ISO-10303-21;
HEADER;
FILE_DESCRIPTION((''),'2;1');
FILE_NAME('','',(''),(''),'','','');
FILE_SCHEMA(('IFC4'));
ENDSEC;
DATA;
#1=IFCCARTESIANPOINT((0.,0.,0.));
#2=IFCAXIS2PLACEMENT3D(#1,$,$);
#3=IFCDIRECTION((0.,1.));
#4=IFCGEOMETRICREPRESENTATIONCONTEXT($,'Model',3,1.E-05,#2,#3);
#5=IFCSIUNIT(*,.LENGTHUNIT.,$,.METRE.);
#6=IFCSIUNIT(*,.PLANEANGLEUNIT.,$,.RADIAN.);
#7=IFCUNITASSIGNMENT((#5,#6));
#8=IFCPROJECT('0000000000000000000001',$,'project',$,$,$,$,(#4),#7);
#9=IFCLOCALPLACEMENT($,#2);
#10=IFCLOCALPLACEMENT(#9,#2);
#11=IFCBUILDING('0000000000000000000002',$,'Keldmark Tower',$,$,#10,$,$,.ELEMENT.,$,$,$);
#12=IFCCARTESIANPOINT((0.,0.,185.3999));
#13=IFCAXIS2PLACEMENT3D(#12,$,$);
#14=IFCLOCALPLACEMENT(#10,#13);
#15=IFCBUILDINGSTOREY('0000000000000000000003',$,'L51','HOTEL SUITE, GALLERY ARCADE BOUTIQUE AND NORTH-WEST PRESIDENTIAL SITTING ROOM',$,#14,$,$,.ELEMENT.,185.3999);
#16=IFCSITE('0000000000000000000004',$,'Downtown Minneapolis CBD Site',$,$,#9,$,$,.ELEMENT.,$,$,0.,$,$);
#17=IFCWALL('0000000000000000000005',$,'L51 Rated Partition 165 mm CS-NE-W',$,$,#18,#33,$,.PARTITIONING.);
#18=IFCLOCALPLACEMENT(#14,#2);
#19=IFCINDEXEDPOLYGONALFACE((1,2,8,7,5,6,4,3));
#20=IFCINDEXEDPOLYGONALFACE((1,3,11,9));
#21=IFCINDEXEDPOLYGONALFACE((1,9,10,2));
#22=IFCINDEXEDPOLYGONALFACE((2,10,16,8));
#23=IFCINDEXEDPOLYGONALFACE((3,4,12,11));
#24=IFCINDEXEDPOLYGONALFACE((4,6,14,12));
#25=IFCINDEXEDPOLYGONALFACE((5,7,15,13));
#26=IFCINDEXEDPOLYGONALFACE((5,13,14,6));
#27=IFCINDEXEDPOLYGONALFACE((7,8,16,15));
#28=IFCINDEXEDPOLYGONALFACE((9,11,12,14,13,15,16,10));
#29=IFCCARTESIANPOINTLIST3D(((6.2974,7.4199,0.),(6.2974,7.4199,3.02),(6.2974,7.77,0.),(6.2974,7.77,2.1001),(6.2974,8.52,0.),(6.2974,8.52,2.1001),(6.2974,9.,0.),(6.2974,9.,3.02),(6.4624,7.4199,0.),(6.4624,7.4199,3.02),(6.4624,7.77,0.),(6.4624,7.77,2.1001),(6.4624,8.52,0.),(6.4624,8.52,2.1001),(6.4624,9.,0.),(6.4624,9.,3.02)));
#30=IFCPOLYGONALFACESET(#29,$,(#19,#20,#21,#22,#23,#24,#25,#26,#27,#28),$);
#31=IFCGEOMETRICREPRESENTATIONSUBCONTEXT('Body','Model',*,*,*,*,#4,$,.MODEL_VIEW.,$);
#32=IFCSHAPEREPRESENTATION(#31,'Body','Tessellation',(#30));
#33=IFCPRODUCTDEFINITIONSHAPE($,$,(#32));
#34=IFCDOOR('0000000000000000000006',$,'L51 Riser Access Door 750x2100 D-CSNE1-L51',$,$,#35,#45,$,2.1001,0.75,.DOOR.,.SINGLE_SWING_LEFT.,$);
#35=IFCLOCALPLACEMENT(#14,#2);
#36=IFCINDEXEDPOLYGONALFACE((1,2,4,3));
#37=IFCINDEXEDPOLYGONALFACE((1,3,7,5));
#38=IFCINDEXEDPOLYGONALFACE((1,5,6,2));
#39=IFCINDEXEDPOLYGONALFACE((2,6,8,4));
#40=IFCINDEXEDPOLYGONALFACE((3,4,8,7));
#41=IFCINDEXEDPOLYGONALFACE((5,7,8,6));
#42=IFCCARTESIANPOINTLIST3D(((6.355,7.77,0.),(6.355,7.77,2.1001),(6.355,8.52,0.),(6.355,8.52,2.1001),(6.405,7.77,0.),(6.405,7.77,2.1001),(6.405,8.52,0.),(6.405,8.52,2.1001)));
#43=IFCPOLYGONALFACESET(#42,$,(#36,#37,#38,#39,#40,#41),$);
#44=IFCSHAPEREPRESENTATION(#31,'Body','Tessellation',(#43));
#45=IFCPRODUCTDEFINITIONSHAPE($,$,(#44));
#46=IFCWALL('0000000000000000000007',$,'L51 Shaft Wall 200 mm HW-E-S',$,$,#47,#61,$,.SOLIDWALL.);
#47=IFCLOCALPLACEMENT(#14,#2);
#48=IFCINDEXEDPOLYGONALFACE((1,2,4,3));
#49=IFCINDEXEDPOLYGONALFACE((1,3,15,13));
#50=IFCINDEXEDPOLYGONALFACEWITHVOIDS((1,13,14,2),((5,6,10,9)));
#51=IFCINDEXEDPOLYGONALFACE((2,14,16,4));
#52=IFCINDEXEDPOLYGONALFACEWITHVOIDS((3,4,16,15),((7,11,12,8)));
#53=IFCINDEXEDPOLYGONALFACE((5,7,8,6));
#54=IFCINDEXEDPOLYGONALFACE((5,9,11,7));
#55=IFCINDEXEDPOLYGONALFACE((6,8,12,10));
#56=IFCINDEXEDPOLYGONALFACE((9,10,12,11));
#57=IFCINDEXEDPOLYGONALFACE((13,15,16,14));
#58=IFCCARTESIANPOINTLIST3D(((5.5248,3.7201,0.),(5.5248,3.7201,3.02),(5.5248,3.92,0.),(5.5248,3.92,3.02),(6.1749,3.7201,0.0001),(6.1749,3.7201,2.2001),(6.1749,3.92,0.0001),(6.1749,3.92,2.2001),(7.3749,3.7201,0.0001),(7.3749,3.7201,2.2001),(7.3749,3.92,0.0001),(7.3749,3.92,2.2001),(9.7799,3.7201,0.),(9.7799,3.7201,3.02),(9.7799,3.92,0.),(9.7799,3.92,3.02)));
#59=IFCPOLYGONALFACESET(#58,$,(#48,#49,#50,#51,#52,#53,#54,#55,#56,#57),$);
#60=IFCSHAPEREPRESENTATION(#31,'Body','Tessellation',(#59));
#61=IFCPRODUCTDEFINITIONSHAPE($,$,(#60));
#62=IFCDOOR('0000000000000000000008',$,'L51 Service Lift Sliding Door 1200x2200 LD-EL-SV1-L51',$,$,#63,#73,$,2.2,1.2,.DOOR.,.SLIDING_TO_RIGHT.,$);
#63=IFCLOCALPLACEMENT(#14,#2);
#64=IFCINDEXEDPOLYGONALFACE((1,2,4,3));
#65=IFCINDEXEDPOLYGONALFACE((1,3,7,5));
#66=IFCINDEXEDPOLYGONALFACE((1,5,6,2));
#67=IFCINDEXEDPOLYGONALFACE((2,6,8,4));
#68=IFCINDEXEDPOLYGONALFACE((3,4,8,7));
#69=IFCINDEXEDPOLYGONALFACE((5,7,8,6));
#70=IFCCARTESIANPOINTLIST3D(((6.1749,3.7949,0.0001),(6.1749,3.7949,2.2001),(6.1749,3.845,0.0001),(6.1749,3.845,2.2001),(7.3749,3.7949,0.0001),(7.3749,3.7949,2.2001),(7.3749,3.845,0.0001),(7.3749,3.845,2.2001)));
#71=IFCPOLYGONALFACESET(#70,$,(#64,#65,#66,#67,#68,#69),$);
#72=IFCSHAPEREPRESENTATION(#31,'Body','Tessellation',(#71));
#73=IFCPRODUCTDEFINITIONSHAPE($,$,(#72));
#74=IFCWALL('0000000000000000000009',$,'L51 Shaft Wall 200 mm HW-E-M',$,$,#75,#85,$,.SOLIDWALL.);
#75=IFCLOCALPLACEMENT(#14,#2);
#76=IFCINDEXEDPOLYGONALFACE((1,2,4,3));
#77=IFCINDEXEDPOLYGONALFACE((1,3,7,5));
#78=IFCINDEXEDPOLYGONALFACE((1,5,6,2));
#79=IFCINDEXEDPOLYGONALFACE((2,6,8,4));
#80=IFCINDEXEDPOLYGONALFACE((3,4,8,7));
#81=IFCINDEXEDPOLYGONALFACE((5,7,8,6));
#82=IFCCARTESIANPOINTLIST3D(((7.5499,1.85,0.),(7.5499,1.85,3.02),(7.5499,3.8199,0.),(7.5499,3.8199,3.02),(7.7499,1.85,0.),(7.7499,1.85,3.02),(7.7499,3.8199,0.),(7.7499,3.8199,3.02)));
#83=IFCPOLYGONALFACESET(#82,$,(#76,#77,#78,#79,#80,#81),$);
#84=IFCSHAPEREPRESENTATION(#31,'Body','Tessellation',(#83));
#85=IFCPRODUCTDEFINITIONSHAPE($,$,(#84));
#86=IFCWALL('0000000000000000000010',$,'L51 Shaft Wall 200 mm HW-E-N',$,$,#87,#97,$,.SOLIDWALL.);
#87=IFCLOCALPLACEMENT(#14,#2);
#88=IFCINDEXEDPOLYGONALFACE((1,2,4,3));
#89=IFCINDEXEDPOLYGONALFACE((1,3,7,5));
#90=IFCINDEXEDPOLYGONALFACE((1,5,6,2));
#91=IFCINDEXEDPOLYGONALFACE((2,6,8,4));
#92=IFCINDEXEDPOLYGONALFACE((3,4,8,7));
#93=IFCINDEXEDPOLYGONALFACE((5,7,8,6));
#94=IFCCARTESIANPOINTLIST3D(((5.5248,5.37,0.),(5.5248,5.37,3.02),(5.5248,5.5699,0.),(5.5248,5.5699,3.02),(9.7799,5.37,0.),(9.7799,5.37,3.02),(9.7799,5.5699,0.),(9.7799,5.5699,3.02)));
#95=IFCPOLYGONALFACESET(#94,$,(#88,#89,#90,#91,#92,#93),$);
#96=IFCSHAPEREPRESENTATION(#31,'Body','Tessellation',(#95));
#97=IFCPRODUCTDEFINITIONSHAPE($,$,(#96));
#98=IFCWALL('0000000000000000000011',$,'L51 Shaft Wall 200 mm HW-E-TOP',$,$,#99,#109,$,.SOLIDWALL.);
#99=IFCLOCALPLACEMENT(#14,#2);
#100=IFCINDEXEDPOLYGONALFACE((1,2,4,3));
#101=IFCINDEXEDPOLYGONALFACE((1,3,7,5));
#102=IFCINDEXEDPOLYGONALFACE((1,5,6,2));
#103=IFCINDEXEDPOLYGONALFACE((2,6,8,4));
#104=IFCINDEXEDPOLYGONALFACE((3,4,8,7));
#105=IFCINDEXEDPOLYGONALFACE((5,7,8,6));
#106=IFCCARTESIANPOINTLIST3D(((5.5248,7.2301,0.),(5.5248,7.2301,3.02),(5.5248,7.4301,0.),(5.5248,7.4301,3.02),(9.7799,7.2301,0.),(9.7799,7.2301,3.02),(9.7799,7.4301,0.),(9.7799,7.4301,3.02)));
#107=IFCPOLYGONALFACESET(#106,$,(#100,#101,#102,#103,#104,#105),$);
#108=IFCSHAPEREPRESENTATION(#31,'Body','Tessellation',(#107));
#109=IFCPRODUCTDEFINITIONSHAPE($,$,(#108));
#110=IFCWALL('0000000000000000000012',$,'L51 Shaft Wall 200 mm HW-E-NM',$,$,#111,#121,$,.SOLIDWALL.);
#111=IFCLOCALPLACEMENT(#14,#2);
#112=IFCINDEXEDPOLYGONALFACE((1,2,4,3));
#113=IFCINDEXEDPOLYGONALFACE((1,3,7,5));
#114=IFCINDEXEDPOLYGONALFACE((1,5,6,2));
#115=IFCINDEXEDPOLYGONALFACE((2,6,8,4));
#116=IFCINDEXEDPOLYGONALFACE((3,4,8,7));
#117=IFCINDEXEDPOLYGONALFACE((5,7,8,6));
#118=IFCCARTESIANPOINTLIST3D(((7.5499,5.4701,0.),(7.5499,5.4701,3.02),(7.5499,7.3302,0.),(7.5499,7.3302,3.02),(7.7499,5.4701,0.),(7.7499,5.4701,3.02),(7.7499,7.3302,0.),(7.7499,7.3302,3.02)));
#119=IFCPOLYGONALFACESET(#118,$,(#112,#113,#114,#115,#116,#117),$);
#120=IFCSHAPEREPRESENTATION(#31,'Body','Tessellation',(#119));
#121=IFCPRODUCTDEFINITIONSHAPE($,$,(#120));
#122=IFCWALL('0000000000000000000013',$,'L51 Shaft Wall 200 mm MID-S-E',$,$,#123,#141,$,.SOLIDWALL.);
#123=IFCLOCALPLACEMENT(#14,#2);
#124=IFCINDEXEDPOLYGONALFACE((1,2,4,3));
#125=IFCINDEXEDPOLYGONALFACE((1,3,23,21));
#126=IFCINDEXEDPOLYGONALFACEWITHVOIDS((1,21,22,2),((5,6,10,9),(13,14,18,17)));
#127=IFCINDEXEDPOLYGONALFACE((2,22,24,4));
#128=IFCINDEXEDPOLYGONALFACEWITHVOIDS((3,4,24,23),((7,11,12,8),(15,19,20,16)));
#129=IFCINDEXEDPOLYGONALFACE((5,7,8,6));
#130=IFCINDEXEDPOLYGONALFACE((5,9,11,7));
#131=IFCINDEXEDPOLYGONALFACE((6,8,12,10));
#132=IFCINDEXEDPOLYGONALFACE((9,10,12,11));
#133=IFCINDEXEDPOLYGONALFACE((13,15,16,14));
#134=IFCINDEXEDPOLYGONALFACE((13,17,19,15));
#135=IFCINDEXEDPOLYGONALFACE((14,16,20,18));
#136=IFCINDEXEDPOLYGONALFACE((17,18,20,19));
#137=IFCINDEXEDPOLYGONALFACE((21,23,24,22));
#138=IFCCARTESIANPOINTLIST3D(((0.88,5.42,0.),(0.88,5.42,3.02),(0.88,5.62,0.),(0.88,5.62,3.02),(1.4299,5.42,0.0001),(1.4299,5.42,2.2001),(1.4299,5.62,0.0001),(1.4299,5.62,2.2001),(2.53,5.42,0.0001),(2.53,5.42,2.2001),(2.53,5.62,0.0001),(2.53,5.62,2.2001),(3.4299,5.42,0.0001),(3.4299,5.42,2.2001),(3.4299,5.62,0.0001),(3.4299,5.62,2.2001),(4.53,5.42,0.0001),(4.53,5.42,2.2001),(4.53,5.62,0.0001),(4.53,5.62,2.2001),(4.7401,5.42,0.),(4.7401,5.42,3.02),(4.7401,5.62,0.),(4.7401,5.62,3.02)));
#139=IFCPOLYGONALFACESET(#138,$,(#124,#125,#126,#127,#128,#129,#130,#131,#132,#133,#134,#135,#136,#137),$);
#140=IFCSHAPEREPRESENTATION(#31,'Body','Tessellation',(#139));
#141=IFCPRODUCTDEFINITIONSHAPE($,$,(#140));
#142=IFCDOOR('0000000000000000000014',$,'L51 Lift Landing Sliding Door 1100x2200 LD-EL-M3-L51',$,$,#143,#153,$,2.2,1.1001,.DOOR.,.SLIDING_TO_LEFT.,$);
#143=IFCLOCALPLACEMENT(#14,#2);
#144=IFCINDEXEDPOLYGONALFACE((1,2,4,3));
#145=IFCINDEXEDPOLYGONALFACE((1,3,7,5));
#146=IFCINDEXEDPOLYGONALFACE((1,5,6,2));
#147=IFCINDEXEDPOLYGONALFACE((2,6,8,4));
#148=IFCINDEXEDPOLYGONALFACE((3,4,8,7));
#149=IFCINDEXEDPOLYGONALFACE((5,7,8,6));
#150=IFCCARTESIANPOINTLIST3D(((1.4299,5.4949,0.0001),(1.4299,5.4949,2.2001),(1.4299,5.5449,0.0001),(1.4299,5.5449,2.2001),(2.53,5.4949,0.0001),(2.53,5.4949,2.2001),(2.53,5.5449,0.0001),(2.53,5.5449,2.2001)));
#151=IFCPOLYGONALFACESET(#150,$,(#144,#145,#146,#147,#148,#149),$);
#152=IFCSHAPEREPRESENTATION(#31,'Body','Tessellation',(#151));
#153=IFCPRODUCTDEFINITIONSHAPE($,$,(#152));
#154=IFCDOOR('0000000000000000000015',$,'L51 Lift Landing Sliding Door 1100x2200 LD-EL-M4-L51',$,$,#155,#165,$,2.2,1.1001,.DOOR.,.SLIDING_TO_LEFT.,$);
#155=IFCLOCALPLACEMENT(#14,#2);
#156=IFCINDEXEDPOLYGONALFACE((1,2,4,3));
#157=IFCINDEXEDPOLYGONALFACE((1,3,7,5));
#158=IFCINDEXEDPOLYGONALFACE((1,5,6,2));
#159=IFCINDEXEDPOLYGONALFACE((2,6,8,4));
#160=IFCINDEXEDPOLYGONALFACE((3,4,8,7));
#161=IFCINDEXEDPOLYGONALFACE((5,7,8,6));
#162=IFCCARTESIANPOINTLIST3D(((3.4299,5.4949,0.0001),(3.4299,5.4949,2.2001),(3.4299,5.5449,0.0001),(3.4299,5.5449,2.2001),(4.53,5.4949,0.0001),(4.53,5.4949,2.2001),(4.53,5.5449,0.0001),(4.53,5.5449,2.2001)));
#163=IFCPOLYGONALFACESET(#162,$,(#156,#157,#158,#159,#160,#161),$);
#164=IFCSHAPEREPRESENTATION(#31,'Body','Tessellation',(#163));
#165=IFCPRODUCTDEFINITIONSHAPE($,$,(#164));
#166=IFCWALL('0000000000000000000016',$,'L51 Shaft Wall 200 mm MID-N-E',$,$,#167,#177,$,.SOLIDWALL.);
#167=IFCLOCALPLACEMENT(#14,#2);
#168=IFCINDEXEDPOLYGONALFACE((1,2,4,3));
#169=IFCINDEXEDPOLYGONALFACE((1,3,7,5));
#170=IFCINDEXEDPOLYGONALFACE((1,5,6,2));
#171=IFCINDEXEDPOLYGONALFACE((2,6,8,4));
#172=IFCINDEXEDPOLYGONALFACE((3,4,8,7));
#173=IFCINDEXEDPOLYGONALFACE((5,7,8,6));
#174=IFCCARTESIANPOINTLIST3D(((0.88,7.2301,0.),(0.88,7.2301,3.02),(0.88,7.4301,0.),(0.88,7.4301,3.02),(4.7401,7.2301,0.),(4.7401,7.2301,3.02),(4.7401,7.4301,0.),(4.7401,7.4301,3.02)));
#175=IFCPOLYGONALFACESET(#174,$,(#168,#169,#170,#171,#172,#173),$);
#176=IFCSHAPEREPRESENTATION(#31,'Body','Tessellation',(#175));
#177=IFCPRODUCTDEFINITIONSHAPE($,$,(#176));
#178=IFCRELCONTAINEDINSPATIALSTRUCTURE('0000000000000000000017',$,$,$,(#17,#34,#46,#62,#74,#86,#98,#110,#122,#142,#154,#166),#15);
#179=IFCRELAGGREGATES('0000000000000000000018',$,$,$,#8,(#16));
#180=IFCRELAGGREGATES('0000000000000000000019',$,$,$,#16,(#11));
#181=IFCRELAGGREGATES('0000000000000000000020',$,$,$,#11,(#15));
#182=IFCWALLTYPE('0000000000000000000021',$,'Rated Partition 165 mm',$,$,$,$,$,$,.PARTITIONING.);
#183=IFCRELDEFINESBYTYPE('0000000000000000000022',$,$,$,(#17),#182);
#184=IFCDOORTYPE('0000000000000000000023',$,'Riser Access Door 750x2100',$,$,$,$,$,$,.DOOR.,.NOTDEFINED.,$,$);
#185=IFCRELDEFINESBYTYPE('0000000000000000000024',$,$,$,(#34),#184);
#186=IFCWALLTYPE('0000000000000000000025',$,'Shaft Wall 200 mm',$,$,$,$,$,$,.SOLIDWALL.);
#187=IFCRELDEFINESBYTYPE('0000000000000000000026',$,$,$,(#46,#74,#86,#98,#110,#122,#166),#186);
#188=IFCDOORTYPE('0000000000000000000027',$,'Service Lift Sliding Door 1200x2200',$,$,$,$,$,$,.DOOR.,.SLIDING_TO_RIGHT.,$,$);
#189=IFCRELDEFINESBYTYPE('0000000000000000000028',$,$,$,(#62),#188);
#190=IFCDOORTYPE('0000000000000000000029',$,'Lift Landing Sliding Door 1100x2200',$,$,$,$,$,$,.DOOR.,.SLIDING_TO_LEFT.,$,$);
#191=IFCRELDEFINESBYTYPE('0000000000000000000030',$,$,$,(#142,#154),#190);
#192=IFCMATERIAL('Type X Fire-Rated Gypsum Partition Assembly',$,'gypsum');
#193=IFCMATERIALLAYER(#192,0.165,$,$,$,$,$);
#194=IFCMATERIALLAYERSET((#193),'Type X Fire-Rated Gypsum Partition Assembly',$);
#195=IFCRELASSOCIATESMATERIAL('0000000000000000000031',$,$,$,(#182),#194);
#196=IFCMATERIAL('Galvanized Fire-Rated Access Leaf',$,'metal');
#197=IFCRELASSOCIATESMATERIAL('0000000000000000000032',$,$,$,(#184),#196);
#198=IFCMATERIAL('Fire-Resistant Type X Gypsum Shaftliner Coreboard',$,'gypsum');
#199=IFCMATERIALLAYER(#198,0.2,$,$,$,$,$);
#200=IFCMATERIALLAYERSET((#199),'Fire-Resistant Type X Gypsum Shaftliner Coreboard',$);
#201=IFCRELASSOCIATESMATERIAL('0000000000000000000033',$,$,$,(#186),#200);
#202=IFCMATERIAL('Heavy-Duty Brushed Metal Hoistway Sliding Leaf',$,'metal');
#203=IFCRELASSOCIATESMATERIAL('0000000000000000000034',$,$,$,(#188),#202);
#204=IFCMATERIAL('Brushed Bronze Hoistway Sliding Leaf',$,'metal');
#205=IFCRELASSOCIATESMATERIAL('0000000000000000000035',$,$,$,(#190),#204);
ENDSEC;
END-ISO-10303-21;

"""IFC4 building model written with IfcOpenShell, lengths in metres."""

from ifc_helpers import new_model, si_unit, direction, frame, frame_2d, origin, place, context, subcontext, project, spatial, rectangle, extrude, material, layer, layer_set, type_object, element, fill, save


model = new_model("IFC4")

# Units and contexts
model_context = context("Model", 3, precision=1e-05, world=origin(), true_north=direction((0.0, 1.0)))
body_context = subcontext(model_context, "Body", "Model", "MODEL_VIEW")
ifc_project = project(units=[si_unit("LENGTHUNIT", "METRE"), si_unit("PLANEANGLEUNIT", "RADIAN")], contexts=[model_context])

# Site, building, storey
site_placement = place(None, origin())
site = spatial("IfcSite", under=ifc_project, at=site_placement, Name="Downtown Minneapolis CBD Site", CompositionType="ELEMENT", RefElevation=0.0)
building_placement = place(site_placement, origin())
building = spatial("IfcBuilding", under=site, at=building_placement, Name="Keldmark Tower", CompositionType="ELEMENT")
storey_placement = place(building_placement, frame((0.0, 0.0, 185.3999)))
storey = spatial("IfcBuildingStorey", under=building, at=storey_placement, Name="L51", Description="HOTEL SUITE, GALLERY ARCADE BOUTIQUE AND NORTH-WEST PRESIDENTIAL SITTING ROOM", CompositionType="ELEMENT", Elevation=185.3999)

# Shared definitions
ifc_material_1 = material(Name="Type X Fire-Rated Gypsum Partition Assembly", Category="gypsum")
ifc_layer_1 = layer(ifc_material_1, 0.165)
ifc_layer_set_1 = layer_set([ifc_layer_1], Name="Type X Fire-Rated Gypsum Partition Assembly")
wall_type_1 = type_object("IfcWallType", Name="Rated Partition 165 mm", PredefinedType="PARTITIONING", material=ifc_layer_set_1)

# Walls, openings, doors
wall_1_placement = place(storey_placement, frame((6.3799, 7.4199, 0.0), z_axis=(0.0, 0.0, 1.0), x_axis=(0.0, 1.0, 0.0)))
wall_1 = element("IfcWall", 1, at=wall_1_placement, inside=storey, type_object=wall_type_1, Name="L51 Rated Partition 165 mm CS-NE-W", PredefinedType="PARTITIONING", context=body_context, shape_type="SweptSolid", body=[
    extrude(rectangle(XDim=1.5801, YDim=0.165, at=frame_2d((0.79, 0.0))), origin(), (0.0, 0.0, 1.0), 3.02),
])
opening_1_placement = place(wall_1_placement, frame((0.3501, 0.0, 0.0)))
opening_1 = element("IfcOpeningElement", 2, at=opening_1_placement, cuts=wall_1, PredefinedType="OPENING", context=body_context, shape_type="SweptSolid", body=[
    extrude(rectangle(XDim=0.75, YDim=2.1001, at=frame_2d((0.375, 1.05))), frame((0.0, 0.0925, 0.0), z_axis=(0.0, -1.0, 0.0), x_axis=(1.0, 0.0, 0.0)), (0.0, 0.0, 1.0), 0.1851),
])
ifc_material_2 = material(Name="Galvanized Fire-Rated Access Leaf", Category="metal")
door_type_1 = type_object("IfcDoorType", Name="Riser Access Door 750x2100", OperationType="NOTDEFINED", PredefinedType="DOOR", material=ifc_material_2)
door_1_placement = place(opening_1_placement, origin())
door_1 = element("IfcDoor", 3, at=door_1_placement, inside=storey, type_object=door_type_1, Name="L51 Riser Access Door 750x2100 D-CSNE1-L51", OperationType="SINGLE_SWING_LEFT", OverallHeight=2.1001, OverallWidth=0.75, PredefinedType="DOOR", context=body_context, shape_type="SweptSolid", body=[
    extrude(rectangle(XDim=0.75, YDim=2.1001, at=frame_2d((0.375, 1.05))), frame((0.0, 0.0249, 0.0), z_axis=(0.0, -1.0, 0.0), x_axis=(1.0, 0.0, 0.0)), (0.0, 0.0, 1.0), 0.05),
])
fill(opening_1, door_1)
ifc_material_3 = material(Name="Fire-Resistant Type X Gypsum Shaftliner Coreboard", Category="gypsum")
ifc_layer_2 = layer(ifc_material_3, 0.2)
ifc_layer_set_2 = layer_set([ifc_layer_2], Name="Fire-Resistant Type X Gypsum Shaftliner Coreboard")
wall_type_2 = type_object("IfcWallType", Name="Shaft Wall 200 mm", PredefinedType="SOLIDWALL", material=ifc_layer_set_2)
wall_2_placement = place(storey_placement, frame((5.5249, 3.8201, 0.0), z_axis=(0.0, 0.0, 1.0), x_axis=(1.0, 0.0, 0.0)))
wall_2 = element("IfcWall", 4, at=wall_2_placement, inside=storey, type_object=wall_type_2, Name="L51 Shaft Wall 200 mm HW-E-S", PredefinedType="SOLIDWALL", context=body_context, shape_type="SweptSolid", body=[
    extrude(rectangle(XDim=4.2551, YDim=0.2, at=frame_2d((2.1274, 0.0))), origin(), (0.0, 0.0, 1.0), 3.02),
])
opening_2_placement = place(wall_2_placement, frame((0.6499, 0.0, 0.0)))
opening_2 = element("IfcOpeningElement", 5, at=opening_2_placement, cuts=wall_2, PredefinedType="OPENING", context=body_context, shape_type="SweptSolid", body=[
    extrude(rectangle(XDim=1.2, YDim=2.2, at=frame_2d((0.6001, 1.1001))), frame((0.0, 0.1099, 0.0), z_axis=(0.0, -1.0, 0.0), x_axis=(1.0, 0.0, 0.0)), (0.0, 0.0, 1.0), 0.22),
])
ifc_material_4 = material(Name="Heavy-Duty Brushed Metal Hoistway Sliding Leaf", Category="metal")
door_type_2 = type_object("IfcDoorType", Name="Service Lift Sliding Door 1200x2200", OperationType="SLIDING_TO_RIGHT", PredefinedType="DOOR", material=ifc_material_4)
door_2_placement = place(opening_2_placement, origin())
door_2 = element("IfcDoor", 6, at=door_2_placement, inside=storey, type_object=door_type_2, Name="L51 Service Lift Sliding Door 1200x2200 LD-EL-SV1-L51", OperationType="SLIDING_TO_RIGHT", OverallHeight=2.2, OverallWidth=1.2, PredefinedType="DOOR", context=body_context, shape_type="SweptSolid", body=[
    extrude(rectangle(XDim=1.2, YDim=2.2, at=frame_2d((0.6001, 1.1001))), frame((0.0, 0.0249, 0.0), z_axis=(0.0, -1.0, 0.0), x_axis=(1.0, 0.0, 0.0)), (0.0, 0.0, 1.0), 0.05),
])
fill(opening_2, door_2)

# Walls
wall_3_placement = place(storey_placement, frame((7.6499, 1.8501, 0.0), z_axis=(0.0, 0.0, 1.0), x_axis=(0.0, 1.0, 0.0)))
element("IfcWall", 7, at=wall_3_placement, inside=storey, type_object=wall_type_2, Name="L51 Shaft Wall 200 mm HW-E-M", PredefinedType="SOLIDWALL", context=body_context, shape_type="SweptSolid", body=[
    extrude(rectangle(XDim=1.97, YDim=0.2, at=frame_2d((0.9849, 0.0))), origin(), (0.0, 0.0, 1.0), 3.02),
])
for number, where, z_axis, x_axis, name in (
    (8, (5.5249, 5.47, 0.0), (0.0, 0.0, 1.0), (1.0, 0.0, 0.0), "L51 Shaft Wall 200 mm HW-E-N"),
    (9, (5.5249, 7.3301, 0.0), (0.0, 0.0, 1.0), (1.0, 0.0, 0.0), "L51 Shaft Wall 200 mm HW-E-TOP"),
):
    element("IfcWall", number, at=place(storey_placement, frame(where, z_axis=z_axis, x_axis=x_axis)), inside=storey, type_object=wall_type_2, Name=name, PredefinedType="SOLIDWALL", context=body_context, shape_type="SweptSolid", body=[
        extrude(rectangle(XDim=4.2551, YDim=0.2, at=frame_2d((2.1274, 0.0))), origin(), (0.0, 0.0, 1.0), 3.02),
    ])
wall_4_placement = place(storey_placement, frame((7.6499, 5.47, 0.0), z_axis=(0.0, 0.0, 1.0), x_axis=(0.0, 1.0, 0.0)))
element("IfcWall", 10, at=wall_4_placement, inside=storey, type_object=wall_type_2, Name="L51 Shaft Wall 200 mm HW-E-NM", PredefinedType="SOLIDWALL", context=body_context, shape_type="SweptSolid", body=[
    extrude(rectangle(XDim=1.8601, YDim=0.2, at=frame_2d((0.9302, 0.0))), origin(), (0.0, 0.0, 1.0), 3.02),
])

# Wall, openings, doors
wall_5_placement = place(storey_placement, frame((0.8799, 5.52, 0.0), z_axis=(0.0, 0.0, 1.0), x_axis=(1.0, 0.0, 0.0)))
wall_5 = element("IfcWall", 11, at=wall_5_placement, inside=storey, type_object=wall_type_2, Name="L51 Shaft Wall 200 mm MID-S-E", PredefinedType="SOLIDWALL", context=body_context, shape_type="SweptSolid", body=[
    extrude(rectangle(XDim=3.8601, YDim=0.2, at=frame_2d((1.9302, 0.0))), origin(), (0.0, 0.0, 1.0), 3.02),
])
opening_3_placement = place(wall_5_placement, frame((0.55, 0.0, 0.0)))
opening_3 = element("IfcOpeningElement", 12, at=opening_3_placement, cuts=wall_5, PredefinedType="OPENING", context=body_context, shape_type="SweptSolid", body=[
    extrude(rectangle(XDim=1.1001, YDim=2.2, at=frame_2d((0.55, 1.1001))), frame((0.0, 0.1099, 0.0), z_axis=(0.0, -1.0, 0.0), x_axis=(1.0, 0.0, 0.0)), (0.0, 0.0, 1.0), 0.22),
])
opening_4_placement = place(wall_5_placement, frame((2.55, 0.0, 0.0)))
opening_4 = element("IfcOpeningElement", 13, at=opening_4_placement, cuts=wall_5, PredefinedType="OPENING", context=body_context, shape_type="SweptSolid", body=[
    extrude(rectangle(XDim=1.1001, YDim=2.2, at=frame_2d((0.55, 1.1001))), frame((0.0, 0.1099, 0.0), z_axis=(0.0, -1.0, 0.0), x_axis=(1.0, 0.0, 0.0)), (0.0, 0.0, 1.0), 0.22),
])
ifc_material_5 = material(Name="Brushed Bronze Hoistway Sliding Leaf", Category="metal")
door_type_3 = type_object("IfcDoorType", Name="Lift Landing Sliding Door 1100x2200", OperationType="SLIDING_TO_LEFT", PredefinedType="DOOR", material=ifc_material_5)
door_3_placement = place(opening_3_placement, origin())
door_3 = element("IfcDoor", 14, at=door_3_placement, inside=storey, type_object=door_type_3, Name="L51 Lift Landing Sliding Door 1100x2200 LD-EL-M3-L51", OperationType="SLIDING_TO_LEFT", OverallHeight=2.2, OverallWidth=1.1001, PredefinedType="DOOR", context=body_context, shape_type="SweptSolid", body=[
    extrude(rectangle(XDim=1.1001, YDim=2.2, at=frame_2d((0.55, 1.1001))), frame((0.0, 0.0249, 0.0), z_axis=(0.0, -1.0, 0.0), x_axis=(1.0, 0.0, 0.0)), (0.0, 0.0, 1.0), 0.05),
])
fill(opening_3, door_3)
door_4_placement = place(opening_4_placement, origin())
door_4 = element("IfcDoor", 15, at=door_4_placement, inside=storey, type_object=door_type_3, Name="L51 Lift Landing Sliding Door 1100x2200 LD-EL-M4-L51", OperationType="SLIDING_TO_LEFT", OverallHeight=2.2, OverallWidth=1.1001, PredefinedType="DOOR", context=body_context, shape_type="SweptSolid", body=[
    extrude(rectangle(XDim=1.1001, YDim=2.2, at=frame_2d((0.55, 1.1001))), frame((0.0, 0.0249, 0.0), z_axis=(0.0, -1.0, 0.0), x_axis=(1.0, 0.0, 0.0)), (0.0, 0.0, 1.0), 0.05),
])
fill(opening_4, door_4)

# Wall
wall_6_placement = place(storey_placement, frame((0.8799, 7.3301, 0.0), z_axis=(0.0, 0.0, 1.0), x_axis=(1.0, 0.0, 0.0)))
element("IfcWall", 16, at=wall_6_placement, inside=storey, type_object=wall_type_2, Name="L51 Shaft Wall 200 mm MID-N-E", PredefinedType="SOLIDWALL", context=body_context, shape_type="SweptSolid", body=[
    extrude(rectangle(XDim=3.8601, YDim=0.2, at=frame_2d((1.9302, 0.0))), origin(), (0.0, 0.0, 1.0), 3.02),
])

save(model, "model.ifc")
